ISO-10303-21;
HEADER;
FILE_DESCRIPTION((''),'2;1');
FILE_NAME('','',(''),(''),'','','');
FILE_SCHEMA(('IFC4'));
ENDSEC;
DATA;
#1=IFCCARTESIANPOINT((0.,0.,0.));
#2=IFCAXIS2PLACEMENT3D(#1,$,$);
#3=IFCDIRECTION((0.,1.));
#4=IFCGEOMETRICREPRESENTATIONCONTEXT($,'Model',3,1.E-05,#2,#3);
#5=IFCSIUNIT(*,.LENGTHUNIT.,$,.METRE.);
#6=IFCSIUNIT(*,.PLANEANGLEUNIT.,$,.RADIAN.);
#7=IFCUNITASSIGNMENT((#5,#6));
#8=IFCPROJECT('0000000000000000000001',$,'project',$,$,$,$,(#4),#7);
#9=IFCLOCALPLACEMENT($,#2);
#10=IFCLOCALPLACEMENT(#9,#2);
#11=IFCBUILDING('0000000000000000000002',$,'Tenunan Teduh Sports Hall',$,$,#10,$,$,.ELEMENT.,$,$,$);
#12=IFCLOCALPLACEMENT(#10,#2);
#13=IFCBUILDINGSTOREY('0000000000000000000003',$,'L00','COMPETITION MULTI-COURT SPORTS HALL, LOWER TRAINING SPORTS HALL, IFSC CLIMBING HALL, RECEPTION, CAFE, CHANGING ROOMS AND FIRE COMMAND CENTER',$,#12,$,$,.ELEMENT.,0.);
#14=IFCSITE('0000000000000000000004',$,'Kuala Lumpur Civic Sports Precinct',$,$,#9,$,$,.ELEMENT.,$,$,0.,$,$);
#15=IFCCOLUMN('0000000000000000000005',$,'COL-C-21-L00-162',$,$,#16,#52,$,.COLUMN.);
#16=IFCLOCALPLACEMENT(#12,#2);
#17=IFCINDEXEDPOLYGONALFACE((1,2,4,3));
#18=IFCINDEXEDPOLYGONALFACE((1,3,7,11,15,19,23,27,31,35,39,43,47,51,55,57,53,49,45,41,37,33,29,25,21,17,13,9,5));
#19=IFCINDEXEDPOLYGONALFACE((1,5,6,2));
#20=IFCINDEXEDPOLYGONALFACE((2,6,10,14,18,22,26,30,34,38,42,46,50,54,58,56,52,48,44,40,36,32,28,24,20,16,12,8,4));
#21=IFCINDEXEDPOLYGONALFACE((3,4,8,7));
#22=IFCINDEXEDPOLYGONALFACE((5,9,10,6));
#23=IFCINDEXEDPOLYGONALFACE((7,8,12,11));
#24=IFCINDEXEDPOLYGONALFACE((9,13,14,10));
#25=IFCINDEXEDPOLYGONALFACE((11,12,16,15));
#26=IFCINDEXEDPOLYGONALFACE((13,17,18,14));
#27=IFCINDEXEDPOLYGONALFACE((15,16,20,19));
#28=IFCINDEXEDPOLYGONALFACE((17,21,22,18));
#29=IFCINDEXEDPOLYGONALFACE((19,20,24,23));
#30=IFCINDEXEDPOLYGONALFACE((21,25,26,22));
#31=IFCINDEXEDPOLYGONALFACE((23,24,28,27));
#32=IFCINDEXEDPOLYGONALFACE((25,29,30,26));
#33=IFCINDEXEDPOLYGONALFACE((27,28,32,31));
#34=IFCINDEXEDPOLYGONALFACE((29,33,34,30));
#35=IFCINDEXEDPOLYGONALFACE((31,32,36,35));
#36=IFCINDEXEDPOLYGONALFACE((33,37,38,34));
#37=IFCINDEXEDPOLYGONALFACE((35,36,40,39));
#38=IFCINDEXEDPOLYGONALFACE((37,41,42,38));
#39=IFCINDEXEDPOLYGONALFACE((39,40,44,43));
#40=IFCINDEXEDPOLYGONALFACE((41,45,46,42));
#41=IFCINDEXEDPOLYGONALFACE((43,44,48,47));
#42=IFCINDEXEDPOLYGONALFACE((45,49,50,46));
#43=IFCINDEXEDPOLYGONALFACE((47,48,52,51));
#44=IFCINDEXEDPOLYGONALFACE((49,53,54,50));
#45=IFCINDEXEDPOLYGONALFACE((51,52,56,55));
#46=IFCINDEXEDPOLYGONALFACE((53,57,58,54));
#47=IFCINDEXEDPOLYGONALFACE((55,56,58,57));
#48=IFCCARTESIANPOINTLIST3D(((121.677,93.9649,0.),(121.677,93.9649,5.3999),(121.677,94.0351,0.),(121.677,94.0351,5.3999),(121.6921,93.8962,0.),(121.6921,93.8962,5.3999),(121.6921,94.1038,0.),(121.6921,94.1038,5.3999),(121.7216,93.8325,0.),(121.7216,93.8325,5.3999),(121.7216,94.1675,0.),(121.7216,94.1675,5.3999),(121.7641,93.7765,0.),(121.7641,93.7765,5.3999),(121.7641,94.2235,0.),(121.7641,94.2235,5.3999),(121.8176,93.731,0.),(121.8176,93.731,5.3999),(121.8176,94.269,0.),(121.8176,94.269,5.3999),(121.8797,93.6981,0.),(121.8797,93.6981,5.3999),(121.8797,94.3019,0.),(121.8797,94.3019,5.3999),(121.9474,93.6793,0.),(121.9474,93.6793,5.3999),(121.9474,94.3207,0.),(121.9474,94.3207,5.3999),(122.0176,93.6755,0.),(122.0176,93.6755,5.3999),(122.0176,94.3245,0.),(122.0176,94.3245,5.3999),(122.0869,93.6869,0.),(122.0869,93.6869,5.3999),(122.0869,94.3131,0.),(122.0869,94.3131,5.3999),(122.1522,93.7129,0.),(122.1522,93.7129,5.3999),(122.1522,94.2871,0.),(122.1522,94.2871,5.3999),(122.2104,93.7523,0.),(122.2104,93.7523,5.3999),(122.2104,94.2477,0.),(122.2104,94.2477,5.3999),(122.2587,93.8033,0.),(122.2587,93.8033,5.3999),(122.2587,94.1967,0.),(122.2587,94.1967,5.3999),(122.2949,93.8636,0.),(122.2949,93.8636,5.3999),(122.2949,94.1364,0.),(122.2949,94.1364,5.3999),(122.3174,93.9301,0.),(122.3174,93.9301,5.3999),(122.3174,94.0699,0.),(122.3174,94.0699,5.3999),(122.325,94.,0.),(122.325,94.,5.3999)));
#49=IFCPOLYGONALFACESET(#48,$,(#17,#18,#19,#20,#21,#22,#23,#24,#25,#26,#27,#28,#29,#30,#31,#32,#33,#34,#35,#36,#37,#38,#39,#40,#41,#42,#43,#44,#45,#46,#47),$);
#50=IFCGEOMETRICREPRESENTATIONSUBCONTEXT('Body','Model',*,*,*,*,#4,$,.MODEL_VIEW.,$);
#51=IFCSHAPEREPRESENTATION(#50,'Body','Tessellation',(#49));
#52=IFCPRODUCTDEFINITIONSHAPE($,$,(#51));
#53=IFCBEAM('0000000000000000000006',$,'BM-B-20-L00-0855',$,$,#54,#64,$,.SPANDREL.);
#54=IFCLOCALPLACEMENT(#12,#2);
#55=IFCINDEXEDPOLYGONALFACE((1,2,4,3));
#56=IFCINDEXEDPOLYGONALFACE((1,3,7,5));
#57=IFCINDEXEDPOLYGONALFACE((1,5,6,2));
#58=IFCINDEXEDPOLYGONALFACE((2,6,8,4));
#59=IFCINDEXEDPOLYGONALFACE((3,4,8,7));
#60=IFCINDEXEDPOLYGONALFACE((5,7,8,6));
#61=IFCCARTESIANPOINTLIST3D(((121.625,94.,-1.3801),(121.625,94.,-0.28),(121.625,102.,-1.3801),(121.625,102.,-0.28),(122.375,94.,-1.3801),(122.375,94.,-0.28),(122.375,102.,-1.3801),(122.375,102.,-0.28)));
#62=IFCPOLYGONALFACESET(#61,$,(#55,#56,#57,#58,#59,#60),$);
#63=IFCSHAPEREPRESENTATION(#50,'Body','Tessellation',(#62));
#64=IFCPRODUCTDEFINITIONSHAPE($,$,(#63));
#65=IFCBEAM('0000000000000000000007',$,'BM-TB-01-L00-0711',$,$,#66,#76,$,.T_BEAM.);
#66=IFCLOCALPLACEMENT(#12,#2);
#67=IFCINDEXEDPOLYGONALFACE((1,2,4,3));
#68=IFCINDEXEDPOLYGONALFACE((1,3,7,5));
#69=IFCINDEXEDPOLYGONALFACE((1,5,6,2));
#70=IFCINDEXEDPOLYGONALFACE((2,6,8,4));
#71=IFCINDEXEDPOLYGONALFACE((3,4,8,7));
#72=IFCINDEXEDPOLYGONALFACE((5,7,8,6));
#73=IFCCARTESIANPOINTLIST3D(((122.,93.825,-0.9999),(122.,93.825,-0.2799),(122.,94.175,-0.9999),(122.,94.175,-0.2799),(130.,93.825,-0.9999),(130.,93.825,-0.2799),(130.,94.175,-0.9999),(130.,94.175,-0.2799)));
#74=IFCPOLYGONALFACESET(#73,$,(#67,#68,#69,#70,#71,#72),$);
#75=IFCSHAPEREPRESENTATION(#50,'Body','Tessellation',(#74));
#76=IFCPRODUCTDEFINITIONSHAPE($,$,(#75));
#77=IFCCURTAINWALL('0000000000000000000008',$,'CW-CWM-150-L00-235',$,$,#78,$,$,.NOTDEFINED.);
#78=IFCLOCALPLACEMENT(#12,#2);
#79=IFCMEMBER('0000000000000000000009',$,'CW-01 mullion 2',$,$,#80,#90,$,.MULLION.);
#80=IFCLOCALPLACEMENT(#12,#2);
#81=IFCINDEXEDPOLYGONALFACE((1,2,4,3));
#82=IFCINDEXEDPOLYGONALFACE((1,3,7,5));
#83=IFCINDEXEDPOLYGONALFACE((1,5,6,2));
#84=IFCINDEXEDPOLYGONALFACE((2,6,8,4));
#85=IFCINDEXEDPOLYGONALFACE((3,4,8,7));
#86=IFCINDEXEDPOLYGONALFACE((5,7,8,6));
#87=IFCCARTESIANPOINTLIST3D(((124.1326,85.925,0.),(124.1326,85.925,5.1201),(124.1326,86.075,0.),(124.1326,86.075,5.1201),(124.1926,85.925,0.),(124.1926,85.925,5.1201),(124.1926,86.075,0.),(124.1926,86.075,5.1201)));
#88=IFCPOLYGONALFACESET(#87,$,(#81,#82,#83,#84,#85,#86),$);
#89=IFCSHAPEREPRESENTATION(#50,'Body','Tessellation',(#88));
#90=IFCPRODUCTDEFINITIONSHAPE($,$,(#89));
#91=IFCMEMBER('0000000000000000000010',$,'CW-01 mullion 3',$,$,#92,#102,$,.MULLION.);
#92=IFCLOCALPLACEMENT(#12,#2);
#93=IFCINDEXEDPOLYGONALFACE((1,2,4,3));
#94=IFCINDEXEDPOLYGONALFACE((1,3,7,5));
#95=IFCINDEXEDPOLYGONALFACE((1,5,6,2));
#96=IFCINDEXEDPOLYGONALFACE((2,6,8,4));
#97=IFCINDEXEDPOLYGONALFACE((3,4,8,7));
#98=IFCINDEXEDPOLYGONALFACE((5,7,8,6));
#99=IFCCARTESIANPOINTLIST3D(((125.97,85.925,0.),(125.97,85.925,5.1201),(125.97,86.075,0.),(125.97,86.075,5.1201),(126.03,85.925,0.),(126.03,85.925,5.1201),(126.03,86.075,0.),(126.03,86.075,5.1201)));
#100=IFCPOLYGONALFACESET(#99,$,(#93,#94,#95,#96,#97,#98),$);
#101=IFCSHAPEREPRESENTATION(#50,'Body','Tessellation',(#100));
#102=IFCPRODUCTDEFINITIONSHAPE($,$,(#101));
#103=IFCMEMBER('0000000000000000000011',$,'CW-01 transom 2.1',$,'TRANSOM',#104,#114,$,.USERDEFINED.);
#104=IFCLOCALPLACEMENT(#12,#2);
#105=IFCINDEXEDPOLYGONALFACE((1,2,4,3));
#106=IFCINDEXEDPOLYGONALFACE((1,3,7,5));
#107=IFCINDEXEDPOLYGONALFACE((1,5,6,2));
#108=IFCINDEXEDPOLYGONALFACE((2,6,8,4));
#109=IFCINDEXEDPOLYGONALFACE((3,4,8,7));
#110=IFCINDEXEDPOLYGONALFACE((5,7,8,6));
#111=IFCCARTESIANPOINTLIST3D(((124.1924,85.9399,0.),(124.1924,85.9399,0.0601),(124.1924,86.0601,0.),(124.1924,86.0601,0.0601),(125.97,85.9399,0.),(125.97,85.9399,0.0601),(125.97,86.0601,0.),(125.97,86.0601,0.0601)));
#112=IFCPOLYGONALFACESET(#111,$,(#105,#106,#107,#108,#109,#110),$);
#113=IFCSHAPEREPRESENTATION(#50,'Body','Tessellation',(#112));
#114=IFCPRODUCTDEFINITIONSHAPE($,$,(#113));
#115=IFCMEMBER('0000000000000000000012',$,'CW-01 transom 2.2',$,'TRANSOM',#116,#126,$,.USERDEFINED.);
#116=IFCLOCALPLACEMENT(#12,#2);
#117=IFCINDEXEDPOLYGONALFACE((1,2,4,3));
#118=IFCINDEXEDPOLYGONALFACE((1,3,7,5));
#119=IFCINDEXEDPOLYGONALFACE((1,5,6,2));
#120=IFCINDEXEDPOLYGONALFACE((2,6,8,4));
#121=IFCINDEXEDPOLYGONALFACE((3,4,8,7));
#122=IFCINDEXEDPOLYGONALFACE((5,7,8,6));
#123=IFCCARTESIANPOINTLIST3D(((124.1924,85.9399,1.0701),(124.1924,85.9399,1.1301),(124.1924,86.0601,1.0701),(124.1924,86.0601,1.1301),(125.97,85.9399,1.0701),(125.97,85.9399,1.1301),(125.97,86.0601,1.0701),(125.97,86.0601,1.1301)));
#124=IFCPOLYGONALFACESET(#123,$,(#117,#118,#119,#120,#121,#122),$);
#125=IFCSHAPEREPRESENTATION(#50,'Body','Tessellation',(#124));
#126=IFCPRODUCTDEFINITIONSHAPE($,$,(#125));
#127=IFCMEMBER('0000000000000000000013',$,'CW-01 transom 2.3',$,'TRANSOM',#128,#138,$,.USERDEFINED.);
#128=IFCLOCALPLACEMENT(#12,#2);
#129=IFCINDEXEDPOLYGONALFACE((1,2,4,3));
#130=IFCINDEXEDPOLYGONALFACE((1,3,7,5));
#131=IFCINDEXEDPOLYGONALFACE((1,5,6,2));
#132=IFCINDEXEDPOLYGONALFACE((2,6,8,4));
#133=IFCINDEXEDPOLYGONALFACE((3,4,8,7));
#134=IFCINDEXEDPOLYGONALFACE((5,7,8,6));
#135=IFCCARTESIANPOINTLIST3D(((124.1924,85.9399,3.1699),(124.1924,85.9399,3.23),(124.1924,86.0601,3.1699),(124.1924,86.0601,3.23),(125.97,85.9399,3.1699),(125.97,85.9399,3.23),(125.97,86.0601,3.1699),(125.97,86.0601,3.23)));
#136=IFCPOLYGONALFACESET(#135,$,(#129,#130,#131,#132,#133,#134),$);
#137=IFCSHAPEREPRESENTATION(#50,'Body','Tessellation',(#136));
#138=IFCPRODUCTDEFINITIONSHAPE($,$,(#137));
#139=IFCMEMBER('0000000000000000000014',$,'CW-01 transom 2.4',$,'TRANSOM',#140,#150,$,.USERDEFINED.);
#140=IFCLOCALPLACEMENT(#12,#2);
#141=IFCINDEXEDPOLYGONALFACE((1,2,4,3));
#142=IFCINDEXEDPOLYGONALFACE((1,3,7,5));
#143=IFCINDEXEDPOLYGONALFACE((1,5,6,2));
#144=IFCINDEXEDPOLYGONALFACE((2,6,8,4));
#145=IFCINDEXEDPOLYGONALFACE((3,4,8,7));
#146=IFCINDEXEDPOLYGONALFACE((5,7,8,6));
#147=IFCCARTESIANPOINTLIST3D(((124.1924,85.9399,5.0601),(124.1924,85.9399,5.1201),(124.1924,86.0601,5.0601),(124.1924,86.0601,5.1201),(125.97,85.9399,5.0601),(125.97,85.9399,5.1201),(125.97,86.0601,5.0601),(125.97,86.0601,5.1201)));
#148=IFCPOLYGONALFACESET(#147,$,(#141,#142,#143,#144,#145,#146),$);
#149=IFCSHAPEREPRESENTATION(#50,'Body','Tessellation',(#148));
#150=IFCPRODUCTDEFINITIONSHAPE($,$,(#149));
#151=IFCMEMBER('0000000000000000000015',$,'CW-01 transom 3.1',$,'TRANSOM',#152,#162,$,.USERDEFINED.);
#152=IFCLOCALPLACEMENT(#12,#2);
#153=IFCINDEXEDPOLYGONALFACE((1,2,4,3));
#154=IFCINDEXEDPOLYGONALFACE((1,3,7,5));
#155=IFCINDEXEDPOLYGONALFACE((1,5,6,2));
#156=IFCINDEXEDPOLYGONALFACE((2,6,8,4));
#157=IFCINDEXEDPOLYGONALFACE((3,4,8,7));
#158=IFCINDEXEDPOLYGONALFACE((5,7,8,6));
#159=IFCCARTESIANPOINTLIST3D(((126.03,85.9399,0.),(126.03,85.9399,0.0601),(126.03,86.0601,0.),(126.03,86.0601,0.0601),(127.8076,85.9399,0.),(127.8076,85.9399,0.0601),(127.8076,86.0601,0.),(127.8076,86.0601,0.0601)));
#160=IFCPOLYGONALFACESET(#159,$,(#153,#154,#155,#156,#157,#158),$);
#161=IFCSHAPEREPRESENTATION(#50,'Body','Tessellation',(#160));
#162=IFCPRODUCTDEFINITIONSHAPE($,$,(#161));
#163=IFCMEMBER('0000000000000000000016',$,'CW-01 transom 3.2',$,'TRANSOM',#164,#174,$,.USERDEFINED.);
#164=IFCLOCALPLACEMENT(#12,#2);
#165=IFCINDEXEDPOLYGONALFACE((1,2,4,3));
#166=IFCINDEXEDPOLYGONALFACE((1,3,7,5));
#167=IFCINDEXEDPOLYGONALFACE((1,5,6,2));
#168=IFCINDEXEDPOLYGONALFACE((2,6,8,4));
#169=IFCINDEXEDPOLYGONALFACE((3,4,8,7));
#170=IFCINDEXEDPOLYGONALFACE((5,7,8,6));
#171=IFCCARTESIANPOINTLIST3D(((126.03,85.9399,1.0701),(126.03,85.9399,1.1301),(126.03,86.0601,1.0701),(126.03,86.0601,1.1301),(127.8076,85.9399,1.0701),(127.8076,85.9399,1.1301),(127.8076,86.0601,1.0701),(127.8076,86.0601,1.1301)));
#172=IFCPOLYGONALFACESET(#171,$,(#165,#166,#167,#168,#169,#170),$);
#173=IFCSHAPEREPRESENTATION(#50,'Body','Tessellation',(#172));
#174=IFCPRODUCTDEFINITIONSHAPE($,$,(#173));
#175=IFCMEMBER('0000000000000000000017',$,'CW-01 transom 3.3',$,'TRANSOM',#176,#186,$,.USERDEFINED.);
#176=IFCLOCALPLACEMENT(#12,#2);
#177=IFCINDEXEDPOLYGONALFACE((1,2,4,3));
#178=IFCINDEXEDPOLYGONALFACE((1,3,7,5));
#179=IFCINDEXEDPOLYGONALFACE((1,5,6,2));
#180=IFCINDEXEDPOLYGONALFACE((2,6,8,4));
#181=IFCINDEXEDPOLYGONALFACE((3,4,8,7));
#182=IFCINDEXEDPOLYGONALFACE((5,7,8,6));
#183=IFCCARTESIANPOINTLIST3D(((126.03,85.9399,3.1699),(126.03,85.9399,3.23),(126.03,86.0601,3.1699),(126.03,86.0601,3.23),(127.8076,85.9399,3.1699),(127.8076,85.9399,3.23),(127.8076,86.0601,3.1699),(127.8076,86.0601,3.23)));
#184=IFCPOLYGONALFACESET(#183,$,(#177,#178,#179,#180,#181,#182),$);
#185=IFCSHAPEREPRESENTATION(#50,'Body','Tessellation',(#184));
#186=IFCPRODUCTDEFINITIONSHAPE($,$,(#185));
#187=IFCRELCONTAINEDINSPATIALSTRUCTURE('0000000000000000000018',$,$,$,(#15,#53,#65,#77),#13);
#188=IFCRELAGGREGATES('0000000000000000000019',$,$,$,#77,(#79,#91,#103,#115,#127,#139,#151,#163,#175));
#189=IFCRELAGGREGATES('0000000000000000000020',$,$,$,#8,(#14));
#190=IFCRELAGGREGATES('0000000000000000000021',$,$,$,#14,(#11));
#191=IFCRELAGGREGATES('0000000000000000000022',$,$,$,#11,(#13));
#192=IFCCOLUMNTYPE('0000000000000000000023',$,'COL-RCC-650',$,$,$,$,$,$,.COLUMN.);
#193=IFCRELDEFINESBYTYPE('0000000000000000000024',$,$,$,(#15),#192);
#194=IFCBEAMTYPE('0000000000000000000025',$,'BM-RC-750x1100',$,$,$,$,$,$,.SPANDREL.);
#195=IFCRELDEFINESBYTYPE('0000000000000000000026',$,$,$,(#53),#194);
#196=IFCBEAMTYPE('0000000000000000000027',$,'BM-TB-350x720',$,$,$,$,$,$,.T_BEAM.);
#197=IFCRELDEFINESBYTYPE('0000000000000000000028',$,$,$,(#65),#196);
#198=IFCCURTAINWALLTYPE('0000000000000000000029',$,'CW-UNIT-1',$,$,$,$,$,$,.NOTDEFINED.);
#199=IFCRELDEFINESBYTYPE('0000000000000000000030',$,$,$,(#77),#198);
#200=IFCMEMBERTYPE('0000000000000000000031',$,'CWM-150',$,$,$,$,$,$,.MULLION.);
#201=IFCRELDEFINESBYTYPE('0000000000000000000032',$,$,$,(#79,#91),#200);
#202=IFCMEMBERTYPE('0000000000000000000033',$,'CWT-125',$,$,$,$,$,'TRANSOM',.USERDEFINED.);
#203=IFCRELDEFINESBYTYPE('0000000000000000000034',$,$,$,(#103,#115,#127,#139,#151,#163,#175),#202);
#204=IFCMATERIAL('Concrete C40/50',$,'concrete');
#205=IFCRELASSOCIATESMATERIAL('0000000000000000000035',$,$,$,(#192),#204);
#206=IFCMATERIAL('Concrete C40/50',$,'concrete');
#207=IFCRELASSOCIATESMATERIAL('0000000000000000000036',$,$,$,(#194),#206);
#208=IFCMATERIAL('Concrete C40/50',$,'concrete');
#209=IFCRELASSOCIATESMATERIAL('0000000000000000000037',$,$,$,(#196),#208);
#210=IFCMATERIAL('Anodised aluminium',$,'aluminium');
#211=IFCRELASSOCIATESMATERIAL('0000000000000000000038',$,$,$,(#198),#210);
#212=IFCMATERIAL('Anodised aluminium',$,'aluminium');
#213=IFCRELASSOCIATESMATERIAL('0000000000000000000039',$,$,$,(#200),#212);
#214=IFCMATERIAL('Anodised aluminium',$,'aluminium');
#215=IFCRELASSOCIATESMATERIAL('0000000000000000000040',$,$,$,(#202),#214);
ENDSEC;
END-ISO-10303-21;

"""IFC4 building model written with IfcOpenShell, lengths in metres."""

from ifc_helpers import new_model, si_unit, direction, frame, origin, origin_2d, place, context, subcontext, project, spatial, rectangle, circle, extrude, material, material_profile, profile_set, type_object, element, aggregate, save


model = new_model("IFC4")

# Units and contexts
model_context = context("Model", 3, precision=1e-05, world=origin(), true_north=direction((0.0, 1.0)))
body_context = subcontext(model_context, "Body", "Model", "MODEL_VIEW")
ifc_project = project(units=[si_unit("LENGTHUNIT", "METRE"), si_unit("PLANEANGLEUNIT", "RADIAN")], contexts=[model_context])

# Site, building, storey
site_placement = place(None, origin())
site = spatial("IfcSite", under=ifc_project, at=site_placement, Name="Kuala Lumpur Civic Sports Precinct", CompositionType="ELEMENT", RefElevation=0.0)
building_placement = place(site_placement, origin())
building = spatial("IfcBuilding", under=site, at=building_placement, Name="Tenunan Teduh Sports Hall", CompositionType="ELEMENT")
storey_placement = place(building_placement, origin())
storey = spatial("IfcBuildingStorey", under=building, at=storey_placement, Name="L00", Description="COMPETITION MULTI-COURT SPORTS HALL, LOWER TRAINING SPORTS HALL, IFSC CLIMBING HALL, RECEPTION, CAFE, CHANGING ROOMS AND FIRE COMMAND CENTER", CompositionType="ELEMENT", Elevation=0.0)

# Column
ifc_material_1 = material(Name="Concrete C40/50", Category="concrete")
ifc_material_profile_1 = material_profile(ifc_material_1, circle(Radius=0.325, at=origin_2d()), Name="RCC D650")
ifc_profile_set_1 = profile_set([ifc_material_profile_1], Name="Concrete C40/50")
column_type = type_object("IfcColumnType", Name="COL-RCC-650", PredefinedType="COLUMN", material=ifc_profile_set_1)
column_placement = place(storey_placement, frame((122.0, 94.0, 0.0), z_axis=(0.0, 0.0, 1.0), x_axis=(1.0, 0.0, 0.0)))
element("IfcColumn", 1, at=column_placement, inside=storey, type_object=column_type, Name="COL-C-21-L00-162", PredefinedType="COLUMN", context=body_context, shape_type="SweptSolid", body=[
    extrude(circle(Radius=0.325, at=origin_2d()), origin(), (0.0, 0.0, 1.0), 5.3999),
])

# Beams
ifc_material_2 = material(Name="Concrete C40/50", Category="concrete")
ifc_material_profile_2 = material_profile(ifc_material_2, rectangle(XDim=0.75, YDim=1.1001, at=origin_2d()), Name="RCB 750x1100")
ifc_profile_set_2 = profile_set([ifc_material_profile_2], Name="Concrete C40/50")
beam_type_1 = type_object("IfcBeamType", Name="BM-RC-750x1100", PredefinedType="SPANDREL", material=ifc_profile_set_2)
beam_1_placement = place(storey_placement, frame((122.0, 94.0, -0.8301), z_axis=(0.0, 1.0, 0.0), x_axis=(-1.0, 0.0, 0.0)))
element("IfcBeam", 2, at=beam_1_placement, inside=storey, type_object=beam_type_1, Name="BM-B-20-L00-0855", PredefinedType="SPANDREL", context=body_context, shape_type="SweptSolid", body=[
    extrude(rectangle(XDim=0.75, YDim=1.1001, at=origin_2d()), origin(), (0.0, 0.0, 1.0), 8.0),
])
ifc_material_3 = material(Name="Concrete C40/50", Category="concrete")
ifc_material_profile_3 = material_profile(ifc_material_3, rectangle(XDim=0.3501, YDim=0.72, at=origin_2d()), Name="TB 350x720")
ifc_profile_set_3 = profile_set([ifc_material_profile_3], Name="Concrete C40/50")
beam_type_2 = type_object("IfcBeamType", Name="BM-TB-350x720", PredefinedType="T_BEAM", material=ifc_profile_set_3)
beam_2_placement = place(storey_placement, frame((122.0, 94.0, -0.6399), z_axis=(1.0, 0.0, 0.0), x_axis=(0.0, 1.0, 0.0)))
element("IfcBeam", 3, at=beam_2_placement, inside=storey, type_object=beam_type_2, Name="BM-TB-01-L00-0711", PredefinedType="T_BEAM", context=body_context, shape_type="SweptSolid", body=[
    extrude(rectangle(XDim=0.3501, YDim=0.72, at=origin_2d()), origin(), (0.0, 0.0, 1.0), 8.0),
])

# Curtain wall, members
ifc_material_4 = material(Name="Anodised aluminium", Category="aluminium")
curtain_wall_type = type_object("IfcCurtainWallType", Name="CW-UNIT-1", PredefinedType="NOTDEFINED", material=ifc_material_4)
curtain_wall_placement = place(storey_placement, origin())
curtain_wall = element("IfcCurtainWall", 4, at=curtain_wall_placement, inside=storey, type_object=curtain_wall_type, Name="CW-CWM-150-L00-235", PredefinedType="NOTDEFINED")
ifc_material_5 = material(Name="Anodised aluminium", Category="aluminium")
ifc_material_profile_4 = material_profile(ifc_material_5, rectangle(XDim=0.0601, YDim=0.1499, at=origin_2d()), Name="CWM 60x150")
ifc_profile_set_4 = profile_set([ifc_material_profile_4], Name="Anodised aluminium")
member_type_1 = type_object("IfcMemberType", Name="CWM-150", PredefinedType="MULLION", material=ifc_profile_set_4)
member_1_placement = place(storey_placement, frame((124.1626, 86.0, 0.0), z_axis=(0.0, 0.0, 1.0), x_axis=(1.0, 0.0, 0.0)))
member_1 = element("IfcMember", 5, at=member_1_placement, type_object=member_type_1, Name="CW-01 mullion 2", PredefinedType="MULLION", context=body_context, shape_type="SweptSolid", body=[
    extrude(rectangle(XDim=0.0601, YDim=0.1499, at=origin_2d()), origin(), (0.0, 0.0, 1.0), 5.1201),
])
member_2_placement = place(storey_placement, frame((126.0, 86.0, 0.0), z_axis=(0.0, 0.0, 1.0), x_axis=(1.0, 0.0, 0.0)))
member_2 = element("IfcMember", 6, at=member_2_placement, type_object=member_type_1, Name="CW-01 mullion 3", PredefinedType="MULLION", context=body_context, shape_type="SweptSolid", body=[
    extrude(rectangle(XDim=0.0601, YDim=0.1499, at=origin_2d()), origin(), (0.0, 0.0, 1.0), 5.1201),
])
ifc_material_6 = material(Name="Anodised aluminium", Category="aluminium")
ifc_material_profile_5 = material_profile(ifc_material_6, rectangle(XDim=0.0601, YDim=0.1201, at=origin_2d()), Name="CWT 60x120")
ifc_profile_set_5 = profile_set([ifc_material_profile_5], Name="Anodised aluminium")
member_type_2 = type_object("IfcMemberType", Name="CWT-125", ElementType="TRANSOM", PredefinedType="USERDEFINED", material=ifc_profile_set_5)
member_3_placement = place(storey_placement, frame((124.1924, 86.0, 0.03), z_axis=(1.0, 0.0, 0.0), x_axis=(0.0, 0.0, 1.0)))
member_3 = element("IfcMember", 7, at=member_3_placement, type_object=member_type_2, Name="CW-01 transom 2.1", ObjectType="TRANSOM", PredefinedType="USERDEFINED", context=body_context, shape_type="SweptSolid", body=[
    extrude(rectangle(XDim=0.0601, YDim=0.1201, at=origin_2d()), origin(), (0.0, 0.0, 1.0), 1.7776),
])
member_4_placement = place(storey_placement, frame((124.1924, 86.0, 1.1001), z_axis=(1.0, 0.0, 0.0), x_axis=(0.0, 0.0, 1.0)))
member_4 = element("IfcMember", 8, at=member_4_placement, type_object=member_type_2, Name="CW-01 transom 2.2", ObjectType="TRANSOM", PredefinedType="USERDEFINED", context=body_context, shape_type="SweptSolid", body=[
    extrude(rectangle(XDim=0.0601, YDim=0.1201, at=origin_2d()), origin(), (0.0, 0.0, 1.0), 1.7776),
])
member_5_placement = place(storey_placement, frame((124.1924, 86.0, 3.2), z_axis=(1.0, 0.0, 0.0), x_axis=(0.0, 0.0, 1.0)))
member_5 = element("IfcMember", 9, at=member_5_placement, type_object=member_type_2, Name="CW-01 transom 2.3", ObjectType="TRANSOM", PredefinedType="USERDEFINED", context=body_context, shape_type="SweptSolid", body=[
    extrude(rectangle(XDim=0.0601, YDim=0.1201, at=origin_2d()), origin(), (0.0, 0.0, 1.0), 1.7776),
])
member_6_placement = place(storey_placement, frame((124.1924, 86.0, 5.0901), z_axis=(1.0, 0.0, 0.0), x_axis=(0.0, 0.0, 1.0)))
member_6 = element("IfcMember", 10, at=member_6_placement, type_object=member_type_2, Name="CW-01 transom 2.4", ObjectType="TRANSOM", PredefinedType="USERDEFINED", context=body_context, shape_type="SweptSolid", body=[
    extrude(rectangle(XDim=0.0601, YDim=0.1201, at=origin_2d()), origin(), (0.0, 0.0, 1.0), 1.7776),
])
member_7_placement = place(storey_placement, frame((126.03, 86.0, 0.03), z_axis=(1.0, 0.0, 0.0), x_axis=(0.0, 0.0, 1.0)))
member_7 = element("IfcMember", 11, at=member_7_placement, type_object=member_type_2, Name="CW-01 transom 3.1", ObjectType="TRANSOM", PredefinedType="USERDEFINED", context=body_context, shape_type="SweptSolid", body=[
    extrude(rectangle(XDim=0.0601, YDim=0.1201, at=origin_2d()), origin(), (0.0, 0.0, 1.0), 1.7776),
])
member_8_placement = place(storey_placement, frame((126.03, 86.0, 1.1001), z_axis=(1.0, 0.0, 0.0), x_axis=(0.0, 0.0, 1.0)))
member_8 = element("IfcMember", 12, at=member_8_placement, type_object=member_type_2, Name="CW-01 transom 3.2", ObjectType="TRANSOM", PredefinedType="USERDEFINED", context=body_context, shape_type="SweptSolid", body=[
    extrude(rectangle(XDim=0.0601, YDim=0.1201, at=origin_2d()), origin(), (0.0, 0.0, 1.0), 1.7776),
])
member_9_placement = place(storey_placement, frame((126.03, 86.0, 3.2), z_axis=(1.0, 0.0, 0.0), x_axis=(0.0, 0.0, 1.0)))
member_9 = element("IfcMember", 13, at=member_9_placement, type_object=member_type_2, Name="CW-01 transom 3.3", ObjectType="TRANSOM", PredefinedType="USERDEFINED", context=body_context, shape_type="SweptSolid", body=[
    extrude(rectangle(XDim=0.0601, YDim=0.1201, at=origin_2d()), origin(), (0.0, 0.0, 1.0), 1.7776),
])

aggregate(curtain_wall, [member_1, member_2, member_3, member_4, member_5, member_6, member_7, member_8, member_9])

save(model, "model.ifc")
